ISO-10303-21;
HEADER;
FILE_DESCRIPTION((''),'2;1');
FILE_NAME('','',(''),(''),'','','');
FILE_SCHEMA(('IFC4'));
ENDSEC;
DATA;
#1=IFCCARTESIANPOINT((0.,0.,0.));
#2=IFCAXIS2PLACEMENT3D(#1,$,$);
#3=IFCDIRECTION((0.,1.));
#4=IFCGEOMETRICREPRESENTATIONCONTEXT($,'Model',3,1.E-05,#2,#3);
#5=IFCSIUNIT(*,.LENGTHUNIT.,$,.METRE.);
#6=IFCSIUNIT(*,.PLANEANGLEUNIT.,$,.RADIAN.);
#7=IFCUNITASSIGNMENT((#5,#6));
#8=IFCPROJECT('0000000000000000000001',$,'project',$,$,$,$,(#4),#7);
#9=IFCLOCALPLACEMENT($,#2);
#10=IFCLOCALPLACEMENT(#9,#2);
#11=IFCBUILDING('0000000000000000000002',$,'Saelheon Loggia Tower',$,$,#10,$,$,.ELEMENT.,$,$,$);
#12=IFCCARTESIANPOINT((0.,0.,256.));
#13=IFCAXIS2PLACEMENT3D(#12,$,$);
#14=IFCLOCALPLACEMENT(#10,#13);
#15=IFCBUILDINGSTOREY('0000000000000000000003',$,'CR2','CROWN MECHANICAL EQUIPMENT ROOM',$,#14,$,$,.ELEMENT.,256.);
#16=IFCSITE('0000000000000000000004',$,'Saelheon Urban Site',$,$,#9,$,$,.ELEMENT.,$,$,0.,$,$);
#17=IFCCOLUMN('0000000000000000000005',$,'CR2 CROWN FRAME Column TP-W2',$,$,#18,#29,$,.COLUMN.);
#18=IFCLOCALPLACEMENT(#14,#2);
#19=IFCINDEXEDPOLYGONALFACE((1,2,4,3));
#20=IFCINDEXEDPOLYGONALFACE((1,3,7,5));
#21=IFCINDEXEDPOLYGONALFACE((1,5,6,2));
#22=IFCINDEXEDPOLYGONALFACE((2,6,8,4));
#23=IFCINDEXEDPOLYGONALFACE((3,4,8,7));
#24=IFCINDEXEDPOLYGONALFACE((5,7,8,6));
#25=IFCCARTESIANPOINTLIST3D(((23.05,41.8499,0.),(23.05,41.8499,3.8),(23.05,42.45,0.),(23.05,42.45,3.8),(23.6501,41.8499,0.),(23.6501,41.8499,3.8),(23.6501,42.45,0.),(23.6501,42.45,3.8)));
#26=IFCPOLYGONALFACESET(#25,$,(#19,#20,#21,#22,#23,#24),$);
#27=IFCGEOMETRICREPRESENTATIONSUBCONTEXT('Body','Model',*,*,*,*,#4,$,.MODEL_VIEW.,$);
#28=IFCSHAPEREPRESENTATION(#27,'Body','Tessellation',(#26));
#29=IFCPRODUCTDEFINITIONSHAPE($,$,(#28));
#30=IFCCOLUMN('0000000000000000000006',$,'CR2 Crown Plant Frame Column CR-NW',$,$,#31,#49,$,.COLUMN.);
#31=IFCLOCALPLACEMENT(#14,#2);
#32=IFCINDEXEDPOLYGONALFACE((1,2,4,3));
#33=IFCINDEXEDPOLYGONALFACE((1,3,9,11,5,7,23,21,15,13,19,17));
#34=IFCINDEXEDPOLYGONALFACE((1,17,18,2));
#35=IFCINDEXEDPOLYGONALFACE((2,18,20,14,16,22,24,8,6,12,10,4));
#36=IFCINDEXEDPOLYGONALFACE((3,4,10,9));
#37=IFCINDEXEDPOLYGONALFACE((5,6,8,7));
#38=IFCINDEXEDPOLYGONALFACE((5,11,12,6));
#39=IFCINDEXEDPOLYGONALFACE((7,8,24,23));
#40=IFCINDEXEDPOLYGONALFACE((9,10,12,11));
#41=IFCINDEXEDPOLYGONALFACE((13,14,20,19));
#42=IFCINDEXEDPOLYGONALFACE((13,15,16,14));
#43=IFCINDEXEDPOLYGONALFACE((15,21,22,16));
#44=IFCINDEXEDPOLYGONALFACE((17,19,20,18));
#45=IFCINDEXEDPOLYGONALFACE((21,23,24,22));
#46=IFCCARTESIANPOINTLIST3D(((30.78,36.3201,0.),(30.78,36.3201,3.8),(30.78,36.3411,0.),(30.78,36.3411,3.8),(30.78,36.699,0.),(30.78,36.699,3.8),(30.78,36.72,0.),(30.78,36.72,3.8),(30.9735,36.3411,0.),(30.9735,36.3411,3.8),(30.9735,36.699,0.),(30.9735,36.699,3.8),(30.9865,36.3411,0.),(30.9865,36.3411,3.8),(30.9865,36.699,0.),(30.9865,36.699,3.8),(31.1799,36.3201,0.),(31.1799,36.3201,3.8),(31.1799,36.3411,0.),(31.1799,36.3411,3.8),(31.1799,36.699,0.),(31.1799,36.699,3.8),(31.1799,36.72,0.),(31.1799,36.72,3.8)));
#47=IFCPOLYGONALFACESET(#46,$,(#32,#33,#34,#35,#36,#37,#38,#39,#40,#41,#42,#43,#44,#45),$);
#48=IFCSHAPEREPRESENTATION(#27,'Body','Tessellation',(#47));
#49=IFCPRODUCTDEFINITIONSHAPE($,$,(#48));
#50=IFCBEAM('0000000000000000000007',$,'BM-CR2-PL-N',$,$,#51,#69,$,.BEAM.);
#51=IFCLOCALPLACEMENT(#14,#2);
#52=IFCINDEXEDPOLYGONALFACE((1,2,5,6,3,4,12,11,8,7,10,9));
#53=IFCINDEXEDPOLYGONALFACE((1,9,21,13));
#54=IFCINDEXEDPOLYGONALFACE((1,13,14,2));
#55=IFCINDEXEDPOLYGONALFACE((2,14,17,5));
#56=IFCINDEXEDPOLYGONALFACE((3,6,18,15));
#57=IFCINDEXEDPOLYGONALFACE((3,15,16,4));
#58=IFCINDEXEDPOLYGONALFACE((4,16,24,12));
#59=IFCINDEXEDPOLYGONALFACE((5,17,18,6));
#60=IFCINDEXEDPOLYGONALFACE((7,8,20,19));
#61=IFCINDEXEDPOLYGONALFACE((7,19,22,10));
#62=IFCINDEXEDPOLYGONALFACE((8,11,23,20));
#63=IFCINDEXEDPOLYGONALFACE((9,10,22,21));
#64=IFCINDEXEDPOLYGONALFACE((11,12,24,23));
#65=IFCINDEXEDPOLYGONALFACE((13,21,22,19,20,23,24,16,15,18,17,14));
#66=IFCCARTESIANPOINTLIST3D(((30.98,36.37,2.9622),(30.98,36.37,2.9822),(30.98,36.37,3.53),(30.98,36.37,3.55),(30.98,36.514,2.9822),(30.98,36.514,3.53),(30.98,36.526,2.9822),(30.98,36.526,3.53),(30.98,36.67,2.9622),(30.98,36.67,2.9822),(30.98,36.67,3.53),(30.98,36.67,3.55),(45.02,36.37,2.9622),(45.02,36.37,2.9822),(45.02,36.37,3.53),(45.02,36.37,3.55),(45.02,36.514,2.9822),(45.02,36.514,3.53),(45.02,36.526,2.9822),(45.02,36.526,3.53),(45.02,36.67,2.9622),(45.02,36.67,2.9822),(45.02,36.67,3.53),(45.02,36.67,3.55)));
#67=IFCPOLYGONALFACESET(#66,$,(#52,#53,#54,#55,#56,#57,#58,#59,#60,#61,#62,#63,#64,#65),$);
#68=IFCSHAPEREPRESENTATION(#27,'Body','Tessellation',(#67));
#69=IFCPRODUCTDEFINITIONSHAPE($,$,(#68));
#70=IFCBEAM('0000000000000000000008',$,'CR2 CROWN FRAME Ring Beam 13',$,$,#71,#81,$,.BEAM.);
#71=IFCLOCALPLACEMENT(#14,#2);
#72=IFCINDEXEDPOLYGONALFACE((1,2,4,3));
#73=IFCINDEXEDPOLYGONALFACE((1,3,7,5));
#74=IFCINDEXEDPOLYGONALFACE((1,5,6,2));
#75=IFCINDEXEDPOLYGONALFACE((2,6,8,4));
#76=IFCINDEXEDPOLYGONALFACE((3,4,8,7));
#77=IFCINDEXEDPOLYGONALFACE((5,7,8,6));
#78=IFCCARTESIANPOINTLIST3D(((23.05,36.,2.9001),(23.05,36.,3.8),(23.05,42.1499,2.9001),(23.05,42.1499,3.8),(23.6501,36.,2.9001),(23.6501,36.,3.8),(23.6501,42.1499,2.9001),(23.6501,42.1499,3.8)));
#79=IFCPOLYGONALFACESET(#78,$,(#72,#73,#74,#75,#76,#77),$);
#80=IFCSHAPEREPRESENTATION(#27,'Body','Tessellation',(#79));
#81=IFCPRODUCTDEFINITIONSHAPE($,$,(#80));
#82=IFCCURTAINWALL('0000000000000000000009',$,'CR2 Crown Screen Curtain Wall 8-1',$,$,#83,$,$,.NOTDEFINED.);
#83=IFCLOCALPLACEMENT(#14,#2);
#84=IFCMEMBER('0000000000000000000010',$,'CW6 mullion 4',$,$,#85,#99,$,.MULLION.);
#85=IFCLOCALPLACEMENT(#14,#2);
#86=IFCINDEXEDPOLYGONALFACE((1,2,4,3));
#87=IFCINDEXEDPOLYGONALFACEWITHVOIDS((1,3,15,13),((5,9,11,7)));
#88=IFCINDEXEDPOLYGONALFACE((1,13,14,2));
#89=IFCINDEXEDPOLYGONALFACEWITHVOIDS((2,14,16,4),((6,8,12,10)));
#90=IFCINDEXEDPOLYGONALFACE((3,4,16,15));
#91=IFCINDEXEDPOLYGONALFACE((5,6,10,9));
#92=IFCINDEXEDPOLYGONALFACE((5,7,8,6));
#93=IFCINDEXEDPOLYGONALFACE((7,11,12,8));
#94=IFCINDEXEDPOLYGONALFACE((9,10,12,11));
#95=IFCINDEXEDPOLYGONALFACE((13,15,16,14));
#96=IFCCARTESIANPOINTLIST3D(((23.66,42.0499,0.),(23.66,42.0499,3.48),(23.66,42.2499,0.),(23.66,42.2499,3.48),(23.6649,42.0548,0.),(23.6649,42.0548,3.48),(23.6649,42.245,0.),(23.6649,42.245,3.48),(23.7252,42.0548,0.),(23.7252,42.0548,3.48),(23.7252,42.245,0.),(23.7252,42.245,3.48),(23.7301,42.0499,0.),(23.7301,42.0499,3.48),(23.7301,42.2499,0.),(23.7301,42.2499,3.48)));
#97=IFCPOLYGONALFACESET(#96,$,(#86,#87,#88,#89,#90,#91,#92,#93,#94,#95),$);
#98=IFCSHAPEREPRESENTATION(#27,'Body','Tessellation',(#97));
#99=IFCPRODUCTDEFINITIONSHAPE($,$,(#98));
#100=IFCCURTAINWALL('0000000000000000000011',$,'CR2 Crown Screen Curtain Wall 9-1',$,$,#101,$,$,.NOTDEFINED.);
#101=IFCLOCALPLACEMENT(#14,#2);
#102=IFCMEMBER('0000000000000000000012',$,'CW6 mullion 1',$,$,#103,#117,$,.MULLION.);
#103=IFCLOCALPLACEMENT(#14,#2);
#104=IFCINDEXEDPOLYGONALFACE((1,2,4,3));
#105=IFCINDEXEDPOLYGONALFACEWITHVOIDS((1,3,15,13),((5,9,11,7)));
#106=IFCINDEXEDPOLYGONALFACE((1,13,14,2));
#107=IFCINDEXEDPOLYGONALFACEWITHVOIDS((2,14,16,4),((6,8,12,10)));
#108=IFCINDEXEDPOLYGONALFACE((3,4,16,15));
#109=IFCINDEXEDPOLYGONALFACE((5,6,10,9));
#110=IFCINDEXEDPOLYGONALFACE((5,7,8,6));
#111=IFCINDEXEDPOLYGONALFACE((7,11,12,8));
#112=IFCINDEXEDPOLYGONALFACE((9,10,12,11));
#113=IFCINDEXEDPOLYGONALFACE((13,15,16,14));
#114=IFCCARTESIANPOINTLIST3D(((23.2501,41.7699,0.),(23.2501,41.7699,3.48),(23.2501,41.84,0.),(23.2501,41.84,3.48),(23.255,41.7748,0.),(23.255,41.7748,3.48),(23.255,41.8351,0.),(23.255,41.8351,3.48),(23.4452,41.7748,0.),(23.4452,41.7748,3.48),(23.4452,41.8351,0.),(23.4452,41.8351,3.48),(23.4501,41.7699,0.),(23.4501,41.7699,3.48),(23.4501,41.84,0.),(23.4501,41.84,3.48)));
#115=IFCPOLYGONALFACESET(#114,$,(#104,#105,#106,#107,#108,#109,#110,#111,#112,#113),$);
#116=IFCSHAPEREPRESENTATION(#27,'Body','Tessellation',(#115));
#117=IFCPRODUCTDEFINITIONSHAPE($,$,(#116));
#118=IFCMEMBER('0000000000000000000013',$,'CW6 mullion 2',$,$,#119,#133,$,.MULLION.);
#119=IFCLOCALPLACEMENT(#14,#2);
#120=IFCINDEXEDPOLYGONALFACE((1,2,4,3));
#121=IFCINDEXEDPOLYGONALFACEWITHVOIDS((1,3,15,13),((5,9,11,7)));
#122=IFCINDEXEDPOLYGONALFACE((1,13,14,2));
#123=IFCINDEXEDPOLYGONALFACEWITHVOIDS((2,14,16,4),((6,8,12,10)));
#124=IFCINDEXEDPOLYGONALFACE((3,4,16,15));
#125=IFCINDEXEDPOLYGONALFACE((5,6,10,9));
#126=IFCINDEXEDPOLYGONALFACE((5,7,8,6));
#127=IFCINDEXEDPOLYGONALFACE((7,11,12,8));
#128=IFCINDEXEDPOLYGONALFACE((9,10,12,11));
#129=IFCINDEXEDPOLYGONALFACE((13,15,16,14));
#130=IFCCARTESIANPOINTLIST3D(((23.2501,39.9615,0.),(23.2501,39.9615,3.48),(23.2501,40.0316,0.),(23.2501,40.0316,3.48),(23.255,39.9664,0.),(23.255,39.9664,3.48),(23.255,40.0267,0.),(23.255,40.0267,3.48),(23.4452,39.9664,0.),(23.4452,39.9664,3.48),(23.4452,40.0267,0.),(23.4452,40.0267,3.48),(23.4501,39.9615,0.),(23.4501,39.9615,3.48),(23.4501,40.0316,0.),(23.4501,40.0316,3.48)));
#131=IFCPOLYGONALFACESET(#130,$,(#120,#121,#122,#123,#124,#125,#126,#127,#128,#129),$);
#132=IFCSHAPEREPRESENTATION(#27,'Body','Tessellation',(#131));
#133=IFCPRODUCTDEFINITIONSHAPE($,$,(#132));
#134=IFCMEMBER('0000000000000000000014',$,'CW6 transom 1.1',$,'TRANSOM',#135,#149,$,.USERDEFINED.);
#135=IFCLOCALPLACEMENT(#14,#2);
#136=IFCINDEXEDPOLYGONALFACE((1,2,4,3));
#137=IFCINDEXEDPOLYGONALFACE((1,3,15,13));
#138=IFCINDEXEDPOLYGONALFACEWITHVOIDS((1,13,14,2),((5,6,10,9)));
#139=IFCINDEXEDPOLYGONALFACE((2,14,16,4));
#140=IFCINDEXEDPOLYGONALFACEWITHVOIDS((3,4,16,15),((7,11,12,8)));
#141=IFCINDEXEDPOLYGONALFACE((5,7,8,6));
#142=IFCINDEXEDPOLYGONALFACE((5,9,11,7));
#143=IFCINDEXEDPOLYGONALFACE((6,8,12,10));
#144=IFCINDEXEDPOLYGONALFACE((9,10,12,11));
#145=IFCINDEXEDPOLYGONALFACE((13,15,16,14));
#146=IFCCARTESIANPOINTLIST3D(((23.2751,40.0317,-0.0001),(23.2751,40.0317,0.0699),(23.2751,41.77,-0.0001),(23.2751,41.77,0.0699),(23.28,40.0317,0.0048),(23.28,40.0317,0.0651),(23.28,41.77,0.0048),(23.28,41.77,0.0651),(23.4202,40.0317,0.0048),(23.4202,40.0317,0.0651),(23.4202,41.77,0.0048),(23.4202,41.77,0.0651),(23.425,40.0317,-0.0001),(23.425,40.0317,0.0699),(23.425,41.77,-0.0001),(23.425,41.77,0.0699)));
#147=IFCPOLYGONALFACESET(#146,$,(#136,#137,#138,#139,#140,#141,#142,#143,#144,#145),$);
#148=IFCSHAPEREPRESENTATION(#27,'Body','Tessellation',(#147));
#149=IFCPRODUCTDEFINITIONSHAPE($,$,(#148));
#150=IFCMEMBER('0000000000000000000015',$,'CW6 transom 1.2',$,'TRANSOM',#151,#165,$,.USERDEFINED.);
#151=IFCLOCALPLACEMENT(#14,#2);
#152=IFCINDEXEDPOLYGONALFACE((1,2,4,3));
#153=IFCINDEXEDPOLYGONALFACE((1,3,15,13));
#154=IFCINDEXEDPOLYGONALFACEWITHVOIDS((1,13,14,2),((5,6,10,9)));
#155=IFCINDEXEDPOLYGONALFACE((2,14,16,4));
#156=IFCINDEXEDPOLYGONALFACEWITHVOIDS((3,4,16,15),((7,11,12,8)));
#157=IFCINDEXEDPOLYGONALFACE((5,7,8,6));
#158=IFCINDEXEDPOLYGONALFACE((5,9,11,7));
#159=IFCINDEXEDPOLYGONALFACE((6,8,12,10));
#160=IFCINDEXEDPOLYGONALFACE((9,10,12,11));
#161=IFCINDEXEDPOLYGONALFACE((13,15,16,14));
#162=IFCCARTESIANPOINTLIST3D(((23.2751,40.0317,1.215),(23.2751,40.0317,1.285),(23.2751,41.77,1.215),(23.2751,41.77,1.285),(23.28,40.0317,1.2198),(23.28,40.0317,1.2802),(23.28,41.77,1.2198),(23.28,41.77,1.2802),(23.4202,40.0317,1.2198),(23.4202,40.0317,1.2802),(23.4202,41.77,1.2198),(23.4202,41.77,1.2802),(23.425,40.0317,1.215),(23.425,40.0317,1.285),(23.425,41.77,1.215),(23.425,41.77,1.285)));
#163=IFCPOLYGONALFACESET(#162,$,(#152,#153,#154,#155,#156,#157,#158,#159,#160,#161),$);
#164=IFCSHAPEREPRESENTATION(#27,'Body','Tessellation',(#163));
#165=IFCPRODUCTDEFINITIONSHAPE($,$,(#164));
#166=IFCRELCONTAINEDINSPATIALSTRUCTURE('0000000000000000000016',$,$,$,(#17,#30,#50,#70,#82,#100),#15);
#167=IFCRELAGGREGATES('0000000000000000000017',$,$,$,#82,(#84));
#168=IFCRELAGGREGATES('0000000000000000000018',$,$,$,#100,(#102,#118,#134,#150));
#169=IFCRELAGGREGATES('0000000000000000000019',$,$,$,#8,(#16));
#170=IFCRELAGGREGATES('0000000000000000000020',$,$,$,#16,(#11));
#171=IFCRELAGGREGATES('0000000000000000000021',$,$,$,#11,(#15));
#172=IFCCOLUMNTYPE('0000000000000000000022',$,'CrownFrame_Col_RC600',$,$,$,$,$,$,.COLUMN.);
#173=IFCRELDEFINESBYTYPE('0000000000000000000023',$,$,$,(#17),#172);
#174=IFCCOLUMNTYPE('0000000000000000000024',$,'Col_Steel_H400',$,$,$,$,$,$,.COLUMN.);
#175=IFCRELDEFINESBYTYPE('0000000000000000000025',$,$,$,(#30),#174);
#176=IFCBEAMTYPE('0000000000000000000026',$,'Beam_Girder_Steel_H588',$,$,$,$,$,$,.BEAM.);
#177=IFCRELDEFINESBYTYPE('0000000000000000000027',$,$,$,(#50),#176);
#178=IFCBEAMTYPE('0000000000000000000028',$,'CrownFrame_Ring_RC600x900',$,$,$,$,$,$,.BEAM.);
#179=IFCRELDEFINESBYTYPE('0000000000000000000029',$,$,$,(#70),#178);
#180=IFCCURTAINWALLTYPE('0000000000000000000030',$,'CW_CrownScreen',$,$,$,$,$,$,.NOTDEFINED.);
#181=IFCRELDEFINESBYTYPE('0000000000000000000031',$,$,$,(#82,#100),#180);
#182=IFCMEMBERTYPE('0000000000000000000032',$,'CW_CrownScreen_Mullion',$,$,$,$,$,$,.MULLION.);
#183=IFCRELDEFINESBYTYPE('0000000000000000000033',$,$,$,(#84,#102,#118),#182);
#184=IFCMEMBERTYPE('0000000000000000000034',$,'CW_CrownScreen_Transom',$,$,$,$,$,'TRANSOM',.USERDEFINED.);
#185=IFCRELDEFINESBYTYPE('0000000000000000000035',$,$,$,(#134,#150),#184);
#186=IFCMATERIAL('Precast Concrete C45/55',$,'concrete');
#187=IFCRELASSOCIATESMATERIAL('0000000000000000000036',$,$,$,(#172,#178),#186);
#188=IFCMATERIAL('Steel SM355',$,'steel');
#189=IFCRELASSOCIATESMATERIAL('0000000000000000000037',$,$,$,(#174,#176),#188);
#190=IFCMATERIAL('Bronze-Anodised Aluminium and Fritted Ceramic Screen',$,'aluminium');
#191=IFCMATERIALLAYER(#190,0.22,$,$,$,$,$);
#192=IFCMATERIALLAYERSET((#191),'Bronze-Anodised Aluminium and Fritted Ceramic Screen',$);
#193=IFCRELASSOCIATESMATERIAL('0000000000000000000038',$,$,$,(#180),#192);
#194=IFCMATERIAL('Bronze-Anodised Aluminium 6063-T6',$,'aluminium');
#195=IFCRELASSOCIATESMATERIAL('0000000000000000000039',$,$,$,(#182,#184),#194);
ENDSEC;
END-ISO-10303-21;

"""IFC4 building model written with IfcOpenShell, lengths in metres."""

from ifc_helpers import new_model, si_unit, direction, frame, origin, origin_2d, place, context, subcontext, project, spatial, rectangle, hollow_rectangle, i_section, extrude, source, transform, mapped, material, layer, layer_set, material_profile, profile_set, type_object, element, aggregate, save


model = new_model("IFC4")

# Units and contexts
model_context = context("Model", 3, precision=1e-05, world=origin(), true_north=direction((0.0, 1.0)))
body_context = subcontext(model_context, "Body", "Model", "MODEL_VIEW")
ifc_project = project(units=[si_unit("LENGTHUNIT", "METRE"), si_unit("PLANEANGLEUNIT", "RADIAN")], contexts=[model_context])

# Site, building, storey
site_placement = place(None, origin())
site = spatial("IfcSite", under=ifc_project, at=site_placement, Name="Saelheon Urban Site", CompositionType="ELEMENT", RefElevation=0.0)
building_placement = place(site_placement, origin())
building = spatial("IfcBuilding", under=site, at=building_placement, Name="Saelheon Loggia Tower", CompositionType="ELEMENT")
storey_placement = place(building_placement, frame((0.0, 0.0, 256.0)))
storey = spatial("IfcBuildingStorey", under=building, at=storey_placement, Name="CR2", Description="CROWN MECHANICAL EQUIPMENT ROOM", CompositionType="ELEMENT", Elevation=256.0)

# Columns
ifc_material_1 = material(Name="Precast Concrete C45/55", Category="concrete")
ifc_material_profile_1 = material_profile(ifc_material_1, rectangle(XDim=0.6001, YDim=0.6001, at=origin_2d()), Name="RC-600x600")
ifc_profile_set_1 = profile_set([ifc_material_profile_1], Name="Precast Concrete C45/55")
column_type_1 = type_object("IfcColumnType", Name="CrownFrame_Col_RC600", PredefinedType="COLUMN", material=ifc_profile_set_1)
shared_shape_1 = source(origin(), body_context, "Body", "SweptSolid", [
    extrude(rectangle(XDim=0.6001, YDim=0.6001, at=origin_2d()), origin(), (0.0, 0.0, 1.0), 3.8),
])
column_1_placement = place(storey_placement, frame((23.3501, 42.1499, 0.0), z_axis=(0.0, 0.0, 1.0), x_axis=(1.0, 0.0, 0.0)))
element("IfcColumn", 1, at=column_1_placement, inside=storey, type_object=column_type_1, Name="CR2 CROWN FRAME Column TP-W2", PredefinedType="COLUMN", context=body_context, shape_type="MappedRepresentation", body=[
    mapped(shared_shape_1, transform((0.0, 0.0, 0.0), scale=1.0)),
])
ifc_material_2 = material(Name="Steel SM355", Category="steel")
ifc_material_profile_2 = material_profile(ifc_material_2, i_section(OverallWidth=0.3999, OverallDepth=0.3999, WebThickness=0.0129, FlangeThickness=0.021, at=origin_2d()), Name="H-400x400x13x21")
ifc_profile_set_2 = profile_set([ifc_material_profile_2], Name="Steel SM355")
column_type_2 = type_object("IfcColumnType", Name="Col_Steel_H400", PredefinedType="COLUMN", material=ifc_profile_set_2)
shared_shape_2 = source(origin(), body_context, "Body", "SweptSolid", [
    extrude(i_section(OverallWidth=0.3999, OverallDepth=0.3999, WebThickness=0.0129, FlangeThickness=0.021, at=origin_2d()), origin(), (0.0, 0.0, 1.0), 3.8),
])
column_2_placement = place(storey_placement, frame((30.98, 36.52, 0.0), z_axis=(0.0, 0.0, 1.0), x_axis=(1.0, 0.0, 0.0)))
element("IfcColumn", 2, at=column_2_placement, inside=storey, type_object=column_type_2, Name="CR2 Crown Plant Frame Column CR-NW", PredefinedType="COLUMN", context=body_context, shape_type="MappedRepresentation", body=[
    mapped(shared_shape_2, transform((0.0, 0.0, 0.0), scale=1.0)),
])

# Beams
ifc_material_profile_3 = material_profile(ifc_material_2, i_section(OverallWidth=0.3, OverallDepth=0.5879, WebThickness=0.012, FlangeThickness=0.02, at=origin_2d()), Name="H-588x300x12x20")
ifc_profile_set_3 = profile_set([ifc_material_profile_3], Name="Steel SM355")
beam_type_1 = type_object("IfcBeamType", Name="Beam_Girder_Steel_H588", PredefinedType="BEAM", material=ifc_profile_set_3)
shared_shape_3 = source(origin(), body_context, "Body", "SweptSolid", [
    extrude(i_section(OverallWidth=0.3, OverallDepth=0.5879, WebThickness=0.012, FlangeThickness=0.02, at=origin_2d()), origin(), (0.0, 0.0, 1.0), 14.04),
])
beam_1_placement = place(storey_placement, frame((30.98, 36.52, 3.2561), z_axis=(1.0, 0.0, 0.0), x_axis=(0.0, 1.0, 0.0)))
element("IfcBeam", 3, at=beam_1_placement, inside=storey, type_object=beam_type_1, Name="BM-CR2-PL-N", PredefinedType="BEAM", context=body_context, shape_type="MappedRepresentation", body=[
    mapped(shared_shape_3, transform((0.0, 0.0, 0.0), scale=1.0)),
])
ifc_material_profile_4 = material_profile(ifc_material_1, rectangle(XDim=0.6001, YDim=0.8999, at=origin_2d()), Name="RC-600x900")
ifc_profile_set_4 = profile_set([ifc_material_profile_4], Name="Precast Concrete C45/55")
beam_type_2 = type_object("IfcBeamType", Name="CrownFrame_Ring_RC600x900", PredefinedType="BEAM", material=ifc_profile_set_4)
shared_shape_4 = source(origin(), body_context, "Body", "SweptSolid", [
    extrude(rectangle(XDim=0.6001, YDim=0.8999, at=origin_2d()), origin(), (0.0, 0.0, 1.0), 6.1499),
])
beam_2_placement = place(storey_placement, frame((23.3501, 42.1499, 3.3501), z_axis=(0.0, -1.0, 0.0), x_axis=(1.0, 0.0, 0.0)))
element("IfcBeam", 4, at=beam_2_placement, inside=storey, type_object=beam_type_2, Name="CR2 CROWN FRAME Ring Beam 13", PredefinedType="BEAM", context=body_context, shape_type="MappedRepresentation", body=[
    mapped(shared_shape_4, transform((0.0, 0.0, 0.0), scale=1.0)),
])

# Curtain wall, member
ifc_material_3 = material(Name="Bronze-Anodised Aluminium and Fritted Ceramic Screen", Category="aluminium")
ifc_layer_1 = layer(ifc_material_3, 0.22)
ifc_layer_set_1 = layer_set([ifc_layer_1], Name="Bronze-Anodised Aluminium and Fritted Ceramic Screen")
curtain_wall_type = type_object("IfcCurtainWallType", Name="CW_CrownScreen", PredefinedType="NOTDEFINED", material=ifc_layer_set_1)
curtain_wall_1_placement = place(storey_placement, origin())
curtain_wall_1 = element("IfcCurtainWall", 5, at=curtain_wall_1_placement, inside=storey, type_object=curtain_wall_type, Name="CR2 Crown Screen Curtain Wall 8-1", PredefinedType="NOTDEFINED")
ifc_material_4 = material(Name="Bronze-Anodised Aluminium 6063-T6", Category="aluminium")
ifc_material_profile_5 = material_profile(ifc_material_4, hollow_rectangle(XDim=0.0701, YDim=0.2, WallThickness=0.0049, at=origin_2d()), Name="RHS-200x70x5")
ifc_profile_set_5 = profile_set([ifc_material_profile_5], Name="Bronze-Anodised Aluminium 6063-T6")
member_type_1 = type_object("IfcMemberType", Name="CW_CrownScreen_Mullion", PredefinedType="MULLION", material=ifc_profile_set_5)
shared_shape_5 = source(origin(), body_context, "Body", "SweptSolid", [
    extrude(hollow_rectangle(XDim=0.0701, YDim=0.2, WallThickness=0.0049, at=origin_2d()), origin(), (0.0, 0.0, 1.0), 3.48),
])
member_1_placement = place(storey_placement, frame((23.6951, 42.1499, 0.0), z_axis=(0.0, 0.0, 1.0), x_axis=(-1.0, 0.0, 0.0)))
member_1 = element("IfcMember", 6, at=member_1_placement, type_object=member_type_1, Name="CW6 mullion 4", PredefinedType="MULLION", context=body_context, shape_type="MappedRepresentation", body=[
    mapped(shared_shape_5, transform((0.0, 0.0, 0.0), scale=1.0)),
])

# Curtain wall, members
curtain_wall_2_placement = place(storey_placement, origin())
curtain_wall_2 = element("IfcCurtainWall", 7, at=curtain_wall_2_placement, inside=storey, type_object=curtain_wall_type, Name="CR2 Crown Screen Curtain Wall 9-1", PredefinedType="NOTDEFINED")
member_2_placement = place(storey_placement, frame((23.3501, 41.8049, 0.0), z_axis=(0.0, 0.0, 1.0), x_axis=(0.0, -1.0, 0.0)))
member_2 = element("IfcMember", 8, at=member_2_placement, type_object=member_type_1, Name="CW6 mullion 1", PredefinedType="MULLION", context=body_context, shape_type="MappedRepresentation", body=[
    mapped(shared_shape_5, transform((0.0, 0.0, 0.0), scale=1.0)),
])
member_3_placement = place(storey_placement, frame((23.3501, 39.9966, 0.0), z_axis=(0.0, 0.0, 1.0), x_axis=(0.0, -1.0, 0.0)))
member_3 = element("IfcMember", 9, at=member_3_placement, type_object=member_type_1, Name="CW6 mullion 2", PredefinedType="MULLION", context=body_context, shape_type="MappedRepresentation", body=[
    mapped(shared_shape_5, transform((0.0, 0.0, 0.0), scale=1.0)),
])
ifc_material_profile_6 = material_profile(ifc_material_4, hollow_rectangle(XDim=0.0701, YDim=0.1499, WallThickness=0.0049, at=origin_2d()), Name="RHS-150x70x5")
ifc_profile_set_6 = profile_set([ifc_material_profile_6], Name="Bronze-Anodised Aluminium 6063-T6")
member_type_2 = type_object("IfcMemberType", Name="CW_CrownScreen_Transom", ElementType="TRANSOM", PredefinedType="USERDEFINED", material=ifc_profile_set_6)
shared_shape_6 = source(origin(), body_context, "Body", "SweptSolid", [
    extrude(hollow_rectangle(XDim=0.0701, YDim=0.1499, WallThickness=0.0049, at=origin_2d()), origin(), (0.0, 0.0, 1.0), 1.7383),
])
member_4_placement = place(storey_placement, frame((23.3501, 41.77, 0.0349), z_axis=(0.0, -1.0, 0.0), x_axis=(0.0, 0.0, 1.0)))
member_4 = element("IfcMember", 10, at=member_4_placement, type_object=member_type_2, Name="CW6 transom 1.1", ObjectType="TRANSOM", PredefinedType="USERDEFINED", context=body_context, shape_type="MappedRepresentation", body=[
    mapped(shared_shape_6, transform((0.0, 0.0, 0.0), scale=1.0)),
])
member_5_placement = place(storey_placement, frame((23.3501, 41.77, 1.25), z_axis=(0.0, -1.0, 0.0), x_axis=(0.0, 0.0, 1.0)))
member_5 = element("IfcMember", 11, at=member_5_placement, type_object=member_type_2, Name="CW6 transom 1.2", ObjectType="TRANSOM", PredefinedType="USERDEFINED", context=body_context, shape_type="MappedRepresentation", body=[
    mapped(shared_shape_6, transform((0.0, 0.0, 0.0), scale=1.0)),
])

aggregate(curtain_wall_1, [member_1])
aggregate(curtain_wall_2, [member_2, member_3, member_4, member_5])

save(model, "model.ifc")
